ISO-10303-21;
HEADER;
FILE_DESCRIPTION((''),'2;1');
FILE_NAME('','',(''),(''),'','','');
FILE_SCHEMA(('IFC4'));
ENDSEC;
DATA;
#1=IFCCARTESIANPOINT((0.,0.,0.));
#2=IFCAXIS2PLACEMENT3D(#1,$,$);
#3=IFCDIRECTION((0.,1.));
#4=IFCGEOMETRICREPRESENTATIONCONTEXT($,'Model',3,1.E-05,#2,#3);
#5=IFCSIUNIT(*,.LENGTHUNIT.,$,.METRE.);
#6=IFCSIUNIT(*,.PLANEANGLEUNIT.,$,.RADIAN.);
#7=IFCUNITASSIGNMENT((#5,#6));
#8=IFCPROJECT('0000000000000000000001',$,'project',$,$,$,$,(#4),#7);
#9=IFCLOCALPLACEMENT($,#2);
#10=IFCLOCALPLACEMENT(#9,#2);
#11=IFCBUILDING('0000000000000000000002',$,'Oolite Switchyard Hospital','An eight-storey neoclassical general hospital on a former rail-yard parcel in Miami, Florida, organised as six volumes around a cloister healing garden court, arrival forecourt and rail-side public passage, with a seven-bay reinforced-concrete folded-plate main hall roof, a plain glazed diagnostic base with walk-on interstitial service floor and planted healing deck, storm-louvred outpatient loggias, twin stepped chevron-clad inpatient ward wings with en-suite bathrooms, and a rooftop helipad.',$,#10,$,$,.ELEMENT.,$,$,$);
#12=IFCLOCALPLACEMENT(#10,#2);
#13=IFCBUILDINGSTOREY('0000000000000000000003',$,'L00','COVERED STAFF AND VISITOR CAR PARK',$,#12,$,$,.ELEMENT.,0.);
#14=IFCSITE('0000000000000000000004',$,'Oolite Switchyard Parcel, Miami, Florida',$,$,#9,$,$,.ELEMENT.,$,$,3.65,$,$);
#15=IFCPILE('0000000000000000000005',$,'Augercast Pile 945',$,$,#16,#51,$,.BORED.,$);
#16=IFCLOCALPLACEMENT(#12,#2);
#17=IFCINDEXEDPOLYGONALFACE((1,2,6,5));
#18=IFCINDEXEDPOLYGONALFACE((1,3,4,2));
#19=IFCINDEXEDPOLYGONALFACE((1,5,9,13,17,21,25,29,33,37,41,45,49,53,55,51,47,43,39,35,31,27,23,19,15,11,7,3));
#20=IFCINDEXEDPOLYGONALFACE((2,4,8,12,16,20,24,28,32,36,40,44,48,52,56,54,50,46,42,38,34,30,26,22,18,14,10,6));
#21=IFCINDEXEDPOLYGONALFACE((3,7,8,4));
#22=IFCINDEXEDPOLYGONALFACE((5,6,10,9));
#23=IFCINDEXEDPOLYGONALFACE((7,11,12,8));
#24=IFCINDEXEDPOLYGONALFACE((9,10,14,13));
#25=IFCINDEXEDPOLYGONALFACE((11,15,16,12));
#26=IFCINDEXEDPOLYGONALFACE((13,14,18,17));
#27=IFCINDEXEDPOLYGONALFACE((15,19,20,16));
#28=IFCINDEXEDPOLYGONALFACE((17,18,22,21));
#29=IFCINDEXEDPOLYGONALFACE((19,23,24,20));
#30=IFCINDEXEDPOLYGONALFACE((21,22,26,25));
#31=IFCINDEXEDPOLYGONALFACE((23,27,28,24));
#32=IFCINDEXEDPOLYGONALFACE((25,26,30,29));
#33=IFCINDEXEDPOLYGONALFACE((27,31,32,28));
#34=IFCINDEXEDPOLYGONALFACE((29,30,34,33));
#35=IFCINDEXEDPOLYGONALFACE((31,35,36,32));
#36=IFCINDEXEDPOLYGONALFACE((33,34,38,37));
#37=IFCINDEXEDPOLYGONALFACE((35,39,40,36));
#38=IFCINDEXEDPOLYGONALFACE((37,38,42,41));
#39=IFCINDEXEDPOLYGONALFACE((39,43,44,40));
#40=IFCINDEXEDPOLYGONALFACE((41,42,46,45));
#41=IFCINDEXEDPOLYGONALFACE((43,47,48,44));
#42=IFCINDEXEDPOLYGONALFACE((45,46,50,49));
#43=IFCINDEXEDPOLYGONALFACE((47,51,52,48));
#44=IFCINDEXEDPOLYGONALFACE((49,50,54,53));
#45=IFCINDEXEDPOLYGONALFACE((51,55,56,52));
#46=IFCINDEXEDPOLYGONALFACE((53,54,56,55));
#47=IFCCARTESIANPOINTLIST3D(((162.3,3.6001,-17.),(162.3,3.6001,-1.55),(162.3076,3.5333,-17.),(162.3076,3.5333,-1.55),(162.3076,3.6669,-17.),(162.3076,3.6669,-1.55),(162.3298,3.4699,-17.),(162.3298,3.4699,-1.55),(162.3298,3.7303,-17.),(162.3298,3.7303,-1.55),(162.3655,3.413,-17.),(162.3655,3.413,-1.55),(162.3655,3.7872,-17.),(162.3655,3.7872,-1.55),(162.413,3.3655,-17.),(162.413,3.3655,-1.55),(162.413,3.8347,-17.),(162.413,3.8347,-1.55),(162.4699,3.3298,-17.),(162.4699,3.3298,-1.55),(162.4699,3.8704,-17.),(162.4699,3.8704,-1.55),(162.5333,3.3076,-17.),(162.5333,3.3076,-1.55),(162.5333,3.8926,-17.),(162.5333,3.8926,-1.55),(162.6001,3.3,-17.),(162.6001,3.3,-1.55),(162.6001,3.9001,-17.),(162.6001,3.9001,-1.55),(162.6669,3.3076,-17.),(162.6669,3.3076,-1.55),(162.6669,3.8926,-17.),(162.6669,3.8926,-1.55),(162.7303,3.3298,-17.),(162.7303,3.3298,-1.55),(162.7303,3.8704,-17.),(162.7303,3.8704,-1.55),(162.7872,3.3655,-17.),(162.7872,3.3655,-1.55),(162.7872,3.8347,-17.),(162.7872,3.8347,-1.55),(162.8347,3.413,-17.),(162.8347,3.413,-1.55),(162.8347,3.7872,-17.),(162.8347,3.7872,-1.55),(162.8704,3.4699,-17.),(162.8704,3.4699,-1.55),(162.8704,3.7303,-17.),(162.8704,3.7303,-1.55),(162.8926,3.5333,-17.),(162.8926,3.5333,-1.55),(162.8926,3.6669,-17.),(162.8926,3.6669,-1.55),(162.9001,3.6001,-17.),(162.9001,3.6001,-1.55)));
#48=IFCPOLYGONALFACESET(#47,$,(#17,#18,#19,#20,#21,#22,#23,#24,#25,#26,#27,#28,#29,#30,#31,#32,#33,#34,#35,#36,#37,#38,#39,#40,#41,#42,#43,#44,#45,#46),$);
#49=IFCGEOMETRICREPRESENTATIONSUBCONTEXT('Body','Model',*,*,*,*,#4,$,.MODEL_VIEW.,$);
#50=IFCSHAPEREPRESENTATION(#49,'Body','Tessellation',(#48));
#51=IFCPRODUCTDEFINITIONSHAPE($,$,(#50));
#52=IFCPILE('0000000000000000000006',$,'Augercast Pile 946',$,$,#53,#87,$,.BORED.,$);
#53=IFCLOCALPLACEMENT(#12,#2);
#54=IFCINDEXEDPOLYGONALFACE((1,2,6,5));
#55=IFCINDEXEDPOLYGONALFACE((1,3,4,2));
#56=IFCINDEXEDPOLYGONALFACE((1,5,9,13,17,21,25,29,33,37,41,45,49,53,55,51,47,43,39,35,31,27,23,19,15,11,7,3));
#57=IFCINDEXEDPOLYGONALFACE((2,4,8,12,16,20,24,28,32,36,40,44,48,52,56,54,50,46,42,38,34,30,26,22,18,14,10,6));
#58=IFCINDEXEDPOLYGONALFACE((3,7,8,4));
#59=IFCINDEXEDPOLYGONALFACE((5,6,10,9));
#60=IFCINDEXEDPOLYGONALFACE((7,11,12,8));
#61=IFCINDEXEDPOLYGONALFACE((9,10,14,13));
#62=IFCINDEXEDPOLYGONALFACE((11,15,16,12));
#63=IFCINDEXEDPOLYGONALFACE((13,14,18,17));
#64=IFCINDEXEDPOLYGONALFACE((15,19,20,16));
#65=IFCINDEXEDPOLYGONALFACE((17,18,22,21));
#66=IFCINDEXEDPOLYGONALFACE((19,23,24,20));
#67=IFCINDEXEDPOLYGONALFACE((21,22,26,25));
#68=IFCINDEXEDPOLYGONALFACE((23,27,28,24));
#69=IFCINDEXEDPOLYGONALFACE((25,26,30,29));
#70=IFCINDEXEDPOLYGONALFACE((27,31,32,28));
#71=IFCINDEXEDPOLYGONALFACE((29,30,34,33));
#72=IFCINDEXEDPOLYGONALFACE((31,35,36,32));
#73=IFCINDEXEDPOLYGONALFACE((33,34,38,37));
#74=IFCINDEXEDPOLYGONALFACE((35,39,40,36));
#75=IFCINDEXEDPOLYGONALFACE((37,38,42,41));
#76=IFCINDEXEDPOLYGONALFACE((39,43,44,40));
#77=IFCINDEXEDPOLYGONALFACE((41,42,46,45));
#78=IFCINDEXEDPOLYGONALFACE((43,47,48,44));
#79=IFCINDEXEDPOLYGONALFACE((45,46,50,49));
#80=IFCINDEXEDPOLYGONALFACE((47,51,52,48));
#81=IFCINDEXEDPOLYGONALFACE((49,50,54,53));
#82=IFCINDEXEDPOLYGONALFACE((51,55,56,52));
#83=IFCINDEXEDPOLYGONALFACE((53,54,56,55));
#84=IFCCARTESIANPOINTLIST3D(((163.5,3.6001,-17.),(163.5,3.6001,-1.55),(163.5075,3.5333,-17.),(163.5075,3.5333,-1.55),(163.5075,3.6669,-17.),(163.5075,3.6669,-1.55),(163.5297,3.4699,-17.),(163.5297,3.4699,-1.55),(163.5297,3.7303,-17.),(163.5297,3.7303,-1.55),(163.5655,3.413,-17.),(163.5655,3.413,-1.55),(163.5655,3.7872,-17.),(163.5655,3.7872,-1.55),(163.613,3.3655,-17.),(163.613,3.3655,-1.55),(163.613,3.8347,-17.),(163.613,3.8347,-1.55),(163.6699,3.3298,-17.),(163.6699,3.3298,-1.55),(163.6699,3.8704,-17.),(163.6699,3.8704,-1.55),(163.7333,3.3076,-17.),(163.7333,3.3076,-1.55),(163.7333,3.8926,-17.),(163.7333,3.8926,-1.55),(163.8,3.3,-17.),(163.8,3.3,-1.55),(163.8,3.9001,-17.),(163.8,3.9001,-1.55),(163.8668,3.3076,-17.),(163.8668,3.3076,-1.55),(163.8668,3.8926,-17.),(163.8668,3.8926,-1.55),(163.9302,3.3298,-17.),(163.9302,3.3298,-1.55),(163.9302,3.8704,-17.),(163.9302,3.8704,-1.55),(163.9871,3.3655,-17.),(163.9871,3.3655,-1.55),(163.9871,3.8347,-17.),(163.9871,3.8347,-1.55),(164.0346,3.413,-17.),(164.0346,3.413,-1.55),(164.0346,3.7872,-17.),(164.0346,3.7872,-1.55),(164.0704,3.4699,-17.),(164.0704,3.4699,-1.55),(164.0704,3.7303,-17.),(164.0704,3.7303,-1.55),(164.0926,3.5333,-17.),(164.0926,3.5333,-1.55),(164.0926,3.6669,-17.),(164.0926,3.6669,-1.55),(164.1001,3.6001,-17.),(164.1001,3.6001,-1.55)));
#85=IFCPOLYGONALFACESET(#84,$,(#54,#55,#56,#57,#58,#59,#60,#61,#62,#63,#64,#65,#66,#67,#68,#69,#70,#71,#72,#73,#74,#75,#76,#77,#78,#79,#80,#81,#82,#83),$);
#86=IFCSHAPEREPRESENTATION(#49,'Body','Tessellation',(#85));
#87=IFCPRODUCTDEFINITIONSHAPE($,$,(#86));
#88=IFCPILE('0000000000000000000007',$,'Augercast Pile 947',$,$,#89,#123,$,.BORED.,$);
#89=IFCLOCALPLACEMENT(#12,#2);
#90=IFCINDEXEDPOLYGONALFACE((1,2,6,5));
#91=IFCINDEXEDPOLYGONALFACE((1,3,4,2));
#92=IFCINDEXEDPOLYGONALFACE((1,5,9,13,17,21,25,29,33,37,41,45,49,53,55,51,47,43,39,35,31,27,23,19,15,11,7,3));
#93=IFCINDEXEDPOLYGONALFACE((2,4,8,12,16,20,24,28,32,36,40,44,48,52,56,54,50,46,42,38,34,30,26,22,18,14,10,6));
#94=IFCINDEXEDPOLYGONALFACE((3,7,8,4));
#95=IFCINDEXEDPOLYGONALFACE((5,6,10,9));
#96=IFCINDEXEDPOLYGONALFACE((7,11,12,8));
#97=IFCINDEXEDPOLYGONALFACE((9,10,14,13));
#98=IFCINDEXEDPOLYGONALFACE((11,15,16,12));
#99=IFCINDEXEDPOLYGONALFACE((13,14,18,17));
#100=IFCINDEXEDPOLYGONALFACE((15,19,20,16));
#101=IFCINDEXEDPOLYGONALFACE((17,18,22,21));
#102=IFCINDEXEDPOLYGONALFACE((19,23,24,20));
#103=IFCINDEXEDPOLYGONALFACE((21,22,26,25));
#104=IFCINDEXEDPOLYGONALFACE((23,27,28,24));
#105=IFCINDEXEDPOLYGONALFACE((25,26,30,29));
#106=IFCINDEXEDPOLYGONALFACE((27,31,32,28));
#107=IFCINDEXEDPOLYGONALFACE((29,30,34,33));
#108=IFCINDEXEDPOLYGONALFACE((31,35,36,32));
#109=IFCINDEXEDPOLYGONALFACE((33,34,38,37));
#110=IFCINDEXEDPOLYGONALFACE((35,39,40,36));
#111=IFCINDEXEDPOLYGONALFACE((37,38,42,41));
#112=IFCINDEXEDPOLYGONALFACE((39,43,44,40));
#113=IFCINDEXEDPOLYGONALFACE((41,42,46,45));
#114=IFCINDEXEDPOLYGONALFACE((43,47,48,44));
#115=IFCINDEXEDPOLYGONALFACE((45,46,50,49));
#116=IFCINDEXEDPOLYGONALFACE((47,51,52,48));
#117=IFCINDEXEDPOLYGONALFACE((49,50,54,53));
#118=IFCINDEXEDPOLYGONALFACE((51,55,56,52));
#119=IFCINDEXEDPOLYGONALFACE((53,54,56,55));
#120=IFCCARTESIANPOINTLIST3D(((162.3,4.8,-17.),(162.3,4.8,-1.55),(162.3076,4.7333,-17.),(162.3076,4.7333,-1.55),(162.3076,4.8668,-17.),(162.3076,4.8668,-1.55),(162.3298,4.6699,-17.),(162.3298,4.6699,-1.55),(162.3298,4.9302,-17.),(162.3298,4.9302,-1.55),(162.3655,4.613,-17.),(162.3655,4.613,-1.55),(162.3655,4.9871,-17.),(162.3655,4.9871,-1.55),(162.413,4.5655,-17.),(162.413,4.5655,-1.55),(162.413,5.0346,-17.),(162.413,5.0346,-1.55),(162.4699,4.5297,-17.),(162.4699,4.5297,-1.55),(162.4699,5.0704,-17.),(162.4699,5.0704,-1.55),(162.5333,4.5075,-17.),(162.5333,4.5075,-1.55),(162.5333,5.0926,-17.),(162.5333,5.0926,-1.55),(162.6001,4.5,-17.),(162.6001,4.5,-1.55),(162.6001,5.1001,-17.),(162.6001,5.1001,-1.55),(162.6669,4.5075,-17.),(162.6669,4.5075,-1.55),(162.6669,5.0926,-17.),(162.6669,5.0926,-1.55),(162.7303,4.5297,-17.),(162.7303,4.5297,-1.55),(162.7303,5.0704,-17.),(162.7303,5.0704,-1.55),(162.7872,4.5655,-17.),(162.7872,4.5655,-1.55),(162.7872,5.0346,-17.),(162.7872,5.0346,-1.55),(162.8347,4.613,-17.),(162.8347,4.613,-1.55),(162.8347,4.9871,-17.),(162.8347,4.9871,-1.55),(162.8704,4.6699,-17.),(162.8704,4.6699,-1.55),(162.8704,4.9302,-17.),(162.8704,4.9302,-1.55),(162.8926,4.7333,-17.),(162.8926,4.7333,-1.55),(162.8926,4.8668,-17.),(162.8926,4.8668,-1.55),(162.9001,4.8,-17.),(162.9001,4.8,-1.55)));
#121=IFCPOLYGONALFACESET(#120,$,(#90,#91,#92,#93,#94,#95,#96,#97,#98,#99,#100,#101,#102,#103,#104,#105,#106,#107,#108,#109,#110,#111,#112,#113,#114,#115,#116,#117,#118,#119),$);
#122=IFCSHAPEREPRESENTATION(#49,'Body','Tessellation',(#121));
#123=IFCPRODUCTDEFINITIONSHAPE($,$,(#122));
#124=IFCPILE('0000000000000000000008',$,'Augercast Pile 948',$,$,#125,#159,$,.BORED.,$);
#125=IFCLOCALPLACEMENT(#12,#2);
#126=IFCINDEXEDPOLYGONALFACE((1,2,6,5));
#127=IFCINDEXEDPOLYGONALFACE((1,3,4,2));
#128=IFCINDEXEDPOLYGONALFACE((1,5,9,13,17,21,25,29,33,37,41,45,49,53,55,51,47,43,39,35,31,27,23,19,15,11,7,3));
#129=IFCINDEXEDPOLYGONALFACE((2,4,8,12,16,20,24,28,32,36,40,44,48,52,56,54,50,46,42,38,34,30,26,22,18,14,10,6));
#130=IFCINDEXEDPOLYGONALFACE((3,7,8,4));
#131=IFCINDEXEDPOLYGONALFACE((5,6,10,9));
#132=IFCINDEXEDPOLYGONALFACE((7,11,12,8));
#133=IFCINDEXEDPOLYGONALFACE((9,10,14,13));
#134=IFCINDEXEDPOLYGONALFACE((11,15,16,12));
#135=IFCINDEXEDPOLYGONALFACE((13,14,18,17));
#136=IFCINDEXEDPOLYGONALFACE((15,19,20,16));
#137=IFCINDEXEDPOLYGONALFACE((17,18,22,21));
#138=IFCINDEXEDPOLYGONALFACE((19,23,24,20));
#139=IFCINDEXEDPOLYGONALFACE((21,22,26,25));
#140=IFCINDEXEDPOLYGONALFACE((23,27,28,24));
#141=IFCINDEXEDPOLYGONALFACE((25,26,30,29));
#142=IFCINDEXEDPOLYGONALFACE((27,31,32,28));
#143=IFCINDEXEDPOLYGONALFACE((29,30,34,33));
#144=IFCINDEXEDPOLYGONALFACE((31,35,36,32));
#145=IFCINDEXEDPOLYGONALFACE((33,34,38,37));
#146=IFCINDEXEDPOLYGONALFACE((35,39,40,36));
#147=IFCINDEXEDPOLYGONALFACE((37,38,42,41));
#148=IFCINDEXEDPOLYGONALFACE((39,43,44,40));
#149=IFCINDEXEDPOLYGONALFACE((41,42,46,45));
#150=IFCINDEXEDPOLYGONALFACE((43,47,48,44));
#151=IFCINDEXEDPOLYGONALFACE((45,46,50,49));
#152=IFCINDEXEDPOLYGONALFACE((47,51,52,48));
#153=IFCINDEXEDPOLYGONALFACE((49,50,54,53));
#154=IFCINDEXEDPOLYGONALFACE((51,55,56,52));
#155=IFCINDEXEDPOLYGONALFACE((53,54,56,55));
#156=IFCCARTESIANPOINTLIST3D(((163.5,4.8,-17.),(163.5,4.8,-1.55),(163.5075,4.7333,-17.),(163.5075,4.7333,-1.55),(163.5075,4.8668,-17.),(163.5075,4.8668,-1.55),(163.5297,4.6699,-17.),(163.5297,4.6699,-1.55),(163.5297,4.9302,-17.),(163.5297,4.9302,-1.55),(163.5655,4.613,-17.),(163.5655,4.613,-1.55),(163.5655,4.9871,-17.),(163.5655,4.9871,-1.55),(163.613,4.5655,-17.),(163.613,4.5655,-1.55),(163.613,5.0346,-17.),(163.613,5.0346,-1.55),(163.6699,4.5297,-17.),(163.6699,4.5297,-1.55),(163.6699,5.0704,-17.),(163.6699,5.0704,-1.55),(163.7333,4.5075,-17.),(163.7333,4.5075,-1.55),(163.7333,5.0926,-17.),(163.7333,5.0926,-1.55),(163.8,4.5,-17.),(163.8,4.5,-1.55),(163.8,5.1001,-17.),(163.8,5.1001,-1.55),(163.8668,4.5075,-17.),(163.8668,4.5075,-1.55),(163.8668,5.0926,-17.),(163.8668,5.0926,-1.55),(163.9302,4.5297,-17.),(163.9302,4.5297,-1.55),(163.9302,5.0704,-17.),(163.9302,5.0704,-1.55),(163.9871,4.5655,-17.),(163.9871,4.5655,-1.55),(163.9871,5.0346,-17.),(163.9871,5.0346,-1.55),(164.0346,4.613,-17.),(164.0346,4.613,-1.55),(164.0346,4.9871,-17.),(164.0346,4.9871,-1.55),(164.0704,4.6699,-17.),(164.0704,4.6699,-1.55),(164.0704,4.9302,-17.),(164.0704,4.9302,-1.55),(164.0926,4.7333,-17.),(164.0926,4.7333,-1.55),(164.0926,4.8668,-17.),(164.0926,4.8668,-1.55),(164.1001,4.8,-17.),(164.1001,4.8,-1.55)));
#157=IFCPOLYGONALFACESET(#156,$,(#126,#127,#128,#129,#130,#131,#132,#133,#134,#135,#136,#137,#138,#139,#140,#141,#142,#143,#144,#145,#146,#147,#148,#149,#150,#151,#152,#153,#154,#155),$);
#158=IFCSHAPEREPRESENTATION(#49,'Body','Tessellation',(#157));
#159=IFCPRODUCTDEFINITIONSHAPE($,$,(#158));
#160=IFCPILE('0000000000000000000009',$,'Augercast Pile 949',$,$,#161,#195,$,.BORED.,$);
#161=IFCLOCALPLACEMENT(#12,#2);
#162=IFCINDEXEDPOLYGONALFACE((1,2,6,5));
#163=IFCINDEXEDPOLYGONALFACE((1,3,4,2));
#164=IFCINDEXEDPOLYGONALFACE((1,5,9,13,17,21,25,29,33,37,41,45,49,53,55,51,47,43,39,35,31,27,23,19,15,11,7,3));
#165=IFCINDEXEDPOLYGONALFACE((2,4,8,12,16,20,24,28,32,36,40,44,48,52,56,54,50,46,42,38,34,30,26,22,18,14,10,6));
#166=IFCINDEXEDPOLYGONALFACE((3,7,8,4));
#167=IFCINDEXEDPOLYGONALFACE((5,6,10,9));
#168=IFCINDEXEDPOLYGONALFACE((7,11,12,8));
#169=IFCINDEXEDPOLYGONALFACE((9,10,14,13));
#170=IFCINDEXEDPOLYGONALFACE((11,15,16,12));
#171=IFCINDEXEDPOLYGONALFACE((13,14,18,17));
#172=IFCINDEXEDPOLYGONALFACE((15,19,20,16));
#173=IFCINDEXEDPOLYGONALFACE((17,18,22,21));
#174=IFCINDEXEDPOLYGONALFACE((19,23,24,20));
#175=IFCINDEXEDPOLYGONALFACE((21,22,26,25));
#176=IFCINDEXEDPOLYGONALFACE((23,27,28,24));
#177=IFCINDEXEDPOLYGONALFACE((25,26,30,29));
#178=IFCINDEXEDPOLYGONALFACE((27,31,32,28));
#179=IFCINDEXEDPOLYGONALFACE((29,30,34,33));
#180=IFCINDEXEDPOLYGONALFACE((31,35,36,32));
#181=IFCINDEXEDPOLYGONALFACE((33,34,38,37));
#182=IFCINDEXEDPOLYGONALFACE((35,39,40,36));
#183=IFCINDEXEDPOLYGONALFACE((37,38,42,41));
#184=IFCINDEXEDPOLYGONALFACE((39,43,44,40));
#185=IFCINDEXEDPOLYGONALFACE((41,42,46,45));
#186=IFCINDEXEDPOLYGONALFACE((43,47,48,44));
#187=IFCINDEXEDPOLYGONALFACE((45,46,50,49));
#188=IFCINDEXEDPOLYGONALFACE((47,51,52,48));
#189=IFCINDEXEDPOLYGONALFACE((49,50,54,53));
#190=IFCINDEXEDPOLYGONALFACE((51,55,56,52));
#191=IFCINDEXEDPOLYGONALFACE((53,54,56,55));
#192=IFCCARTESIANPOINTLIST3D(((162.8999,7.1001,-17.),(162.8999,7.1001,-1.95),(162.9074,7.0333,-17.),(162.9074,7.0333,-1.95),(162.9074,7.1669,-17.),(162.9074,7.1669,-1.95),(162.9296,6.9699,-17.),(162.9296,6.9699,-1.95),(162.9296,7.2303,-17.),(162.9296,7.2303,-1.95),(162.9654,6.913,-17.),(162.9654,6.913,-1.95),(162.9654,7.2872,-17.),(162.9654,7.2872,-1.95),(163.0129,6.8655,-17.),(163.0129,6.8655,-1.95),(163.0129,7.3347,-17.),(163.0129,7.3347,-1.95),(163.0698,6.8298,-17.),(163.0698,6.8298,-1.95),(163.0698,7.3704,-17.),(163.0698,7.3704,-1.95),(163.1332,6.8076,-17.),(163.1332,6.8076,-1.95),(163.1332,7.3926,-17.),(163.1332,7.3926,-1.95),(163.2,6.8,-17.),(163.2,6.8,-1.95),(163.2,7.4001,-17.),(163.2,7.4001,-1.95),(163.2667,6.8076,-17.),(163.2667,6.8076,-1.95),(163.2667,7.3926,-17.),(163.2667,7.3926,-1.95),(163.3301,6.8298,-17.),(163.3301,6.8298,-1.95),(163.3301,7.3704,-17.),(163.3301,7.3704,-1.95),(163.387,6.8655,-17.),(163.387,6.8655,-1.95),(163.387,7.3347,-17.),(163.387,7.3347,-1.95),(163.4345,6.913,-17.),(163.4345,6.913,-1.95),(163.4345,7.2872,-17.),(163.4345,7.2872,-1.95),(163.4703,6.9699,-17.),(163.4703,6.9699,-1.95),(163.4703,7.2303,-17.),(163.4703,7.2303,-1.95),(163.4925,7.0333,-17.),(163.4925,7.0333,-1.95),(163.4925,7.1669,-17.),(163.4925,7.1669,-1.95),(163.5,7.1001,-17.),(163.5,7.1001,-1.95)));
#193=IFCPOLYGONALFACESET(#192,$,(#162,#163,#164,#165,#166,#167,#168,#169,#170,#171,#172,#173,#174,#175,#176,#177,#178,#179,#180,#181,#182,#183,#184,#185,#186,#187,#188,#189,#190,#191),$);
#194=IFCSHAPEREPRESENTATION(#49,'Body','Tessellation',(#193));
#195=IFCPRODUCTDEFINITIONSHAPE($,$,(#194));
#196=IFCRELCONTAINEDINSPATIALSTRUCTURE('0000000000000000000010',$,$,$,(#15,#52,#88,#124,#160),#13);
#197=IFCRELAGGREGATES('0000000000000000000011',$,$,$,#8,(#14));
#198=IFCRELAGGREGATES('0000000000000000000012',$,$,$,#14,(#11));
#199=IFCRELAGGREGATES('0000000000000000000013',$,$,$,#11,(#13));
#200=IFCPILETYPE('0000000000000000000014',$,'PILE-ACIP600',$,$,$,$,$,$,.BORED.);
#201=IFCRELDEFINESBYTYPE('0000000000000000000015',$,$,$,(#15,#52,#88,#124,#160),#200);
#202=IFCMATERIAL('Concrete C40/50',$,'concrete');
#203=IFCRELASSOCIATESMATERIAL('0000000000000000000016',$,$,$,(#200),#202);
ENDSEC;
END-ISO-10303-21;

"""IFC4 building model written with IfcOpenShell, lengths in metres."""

from ifc_helpers import new_model, si_unit, direction, frame, origin, origin_2d, place, context, subcontext, project, spatial, circle, extrude, material, material_profile, profile_set, type_object, element, save


model = new_model("IFC4")

# Units and contexts
model_context = context("Model", 3, precision=1e-05, world=origin(), true_north=direction((0.0, 1.0)))
body_context = subcontext(model_context, "Body", "Model", "MODEL_VIEW")
ifc_project = project(units=[si_unit("LENGTHUNIT", "METRE"), si_unit("PLANEANGLEUNIT", "RADIAN")], contexts=[model_context])

# Site, building, storey
site_placement = place(None, origin())
site = spatial("IfcSite", under=ifc_project, at=site_placement, Name="Oolite Switchyard Parcel, Miami, Florida", CompositionType="ELEMENT", RefElevation=3.65)
building_placement = place(site_placement, origin())
building = spatial("IfcBuilding", under=site, at=building_placement, Name="Oolite Switchyard Hospital", Description="An eight-storey neoclassical general hospital on a former rail-yard parcel in Miami, Florida, organised as six volumes around a cloister healing garden court, arrival forecourt and rail-side public passage, with a seven-bay reinforced-concrete folded-plate main hall roof, a plain glazed diagnostic base with walk-on interstitial service floor and planted healing deck, storm-louvred outpatient loggias, twin stepped chevron-clad inpatient ward wings with en-suite bathrooms, and a rooftop helipad.", CompositionType="ELEMENT")
storey_placement = place(building_placement, origin())
storey = spatial("IfcBuildingStorey", under=building, at=storey_placement, Name="L00", Description="COVERED STAFF AND VISITOR CAR PARK", CompositionType="ELEMENT", Elevation=0.0)

# Shared definitions
ifc_material_1 = material(Name="Concrete C40/50", Category="concrete")

# Piles
ifc_material_profile_1 = material_profile(ifc_material_1, circle(Radius=0.3, at=origin_2d()), Name="PILE600")
ifc_profile_set_1 = profile_set([ifc_material_profile_1], Name="Concrete C40/50")
pile_type = type_object("IfcPileType", Name="PILE-ACIP600", PredefinedType="BORED", material=ifc_profile_set_1)
for number, where, z_axis, x_axis, name in (
    (1, (162.6001, 3.6001, -1.55), (0.0, 0.0, -1.0), (1.0, 0.0, 0.0), "Augercast Pile 945"),
    (2, (163.8, 3.6001, -1.55), (0.0, 0.0, -1.0), (1.0, 0.0, 0.0), "Augercast Pile 946"),
    (3, (162.6001, 4.8, -1.55), (0.0, 0.0, -1.0), (1.0, 0.0, 0.0), "Augercast Pile 947"),
    (4, (163.8, 4.8, -1.55), (0.0, 0.0, -1.0), (1.0, 0.0, 0.0), "Augercast Pile 948"),
):
    element("IfcPile", number, at=place(storey_placement, frame(where, z_axis=z_axis, x_axis=x_axis)), inside=storey, type_object=pile_type, Name=name, PredefinedType="BORED", context=body_context, shape_type="SweptSolid", body=[
        extrude(circle(Radius=0.3, at=origin_2d()), origin(), (0.0, 0.0, 1.0), 15.45),
    ])
for number, where, z_axis, x_axis, name in (
    (5, (163.2, 7.1001, -1.95), (0.0, 0.0, -1.0), (1.0, 0.0, 0.0), "Augercast Pile 949"),
):
    element("IfcPile", number, at=place(storey_placement, frame(where, z_axis=z_axis, x_axis=x_axis)), inside=storey, type_object=pile_type, Name=name, PredefinedType="BORED", context=body_context, shape_type="SweptSolid", body=[
        extrude(circle(Radius=0.3, at=origin_2d()), origin(), (0.0, 0.0, 1.0), 15.05),
    ])

save(model, "model.ifc")
